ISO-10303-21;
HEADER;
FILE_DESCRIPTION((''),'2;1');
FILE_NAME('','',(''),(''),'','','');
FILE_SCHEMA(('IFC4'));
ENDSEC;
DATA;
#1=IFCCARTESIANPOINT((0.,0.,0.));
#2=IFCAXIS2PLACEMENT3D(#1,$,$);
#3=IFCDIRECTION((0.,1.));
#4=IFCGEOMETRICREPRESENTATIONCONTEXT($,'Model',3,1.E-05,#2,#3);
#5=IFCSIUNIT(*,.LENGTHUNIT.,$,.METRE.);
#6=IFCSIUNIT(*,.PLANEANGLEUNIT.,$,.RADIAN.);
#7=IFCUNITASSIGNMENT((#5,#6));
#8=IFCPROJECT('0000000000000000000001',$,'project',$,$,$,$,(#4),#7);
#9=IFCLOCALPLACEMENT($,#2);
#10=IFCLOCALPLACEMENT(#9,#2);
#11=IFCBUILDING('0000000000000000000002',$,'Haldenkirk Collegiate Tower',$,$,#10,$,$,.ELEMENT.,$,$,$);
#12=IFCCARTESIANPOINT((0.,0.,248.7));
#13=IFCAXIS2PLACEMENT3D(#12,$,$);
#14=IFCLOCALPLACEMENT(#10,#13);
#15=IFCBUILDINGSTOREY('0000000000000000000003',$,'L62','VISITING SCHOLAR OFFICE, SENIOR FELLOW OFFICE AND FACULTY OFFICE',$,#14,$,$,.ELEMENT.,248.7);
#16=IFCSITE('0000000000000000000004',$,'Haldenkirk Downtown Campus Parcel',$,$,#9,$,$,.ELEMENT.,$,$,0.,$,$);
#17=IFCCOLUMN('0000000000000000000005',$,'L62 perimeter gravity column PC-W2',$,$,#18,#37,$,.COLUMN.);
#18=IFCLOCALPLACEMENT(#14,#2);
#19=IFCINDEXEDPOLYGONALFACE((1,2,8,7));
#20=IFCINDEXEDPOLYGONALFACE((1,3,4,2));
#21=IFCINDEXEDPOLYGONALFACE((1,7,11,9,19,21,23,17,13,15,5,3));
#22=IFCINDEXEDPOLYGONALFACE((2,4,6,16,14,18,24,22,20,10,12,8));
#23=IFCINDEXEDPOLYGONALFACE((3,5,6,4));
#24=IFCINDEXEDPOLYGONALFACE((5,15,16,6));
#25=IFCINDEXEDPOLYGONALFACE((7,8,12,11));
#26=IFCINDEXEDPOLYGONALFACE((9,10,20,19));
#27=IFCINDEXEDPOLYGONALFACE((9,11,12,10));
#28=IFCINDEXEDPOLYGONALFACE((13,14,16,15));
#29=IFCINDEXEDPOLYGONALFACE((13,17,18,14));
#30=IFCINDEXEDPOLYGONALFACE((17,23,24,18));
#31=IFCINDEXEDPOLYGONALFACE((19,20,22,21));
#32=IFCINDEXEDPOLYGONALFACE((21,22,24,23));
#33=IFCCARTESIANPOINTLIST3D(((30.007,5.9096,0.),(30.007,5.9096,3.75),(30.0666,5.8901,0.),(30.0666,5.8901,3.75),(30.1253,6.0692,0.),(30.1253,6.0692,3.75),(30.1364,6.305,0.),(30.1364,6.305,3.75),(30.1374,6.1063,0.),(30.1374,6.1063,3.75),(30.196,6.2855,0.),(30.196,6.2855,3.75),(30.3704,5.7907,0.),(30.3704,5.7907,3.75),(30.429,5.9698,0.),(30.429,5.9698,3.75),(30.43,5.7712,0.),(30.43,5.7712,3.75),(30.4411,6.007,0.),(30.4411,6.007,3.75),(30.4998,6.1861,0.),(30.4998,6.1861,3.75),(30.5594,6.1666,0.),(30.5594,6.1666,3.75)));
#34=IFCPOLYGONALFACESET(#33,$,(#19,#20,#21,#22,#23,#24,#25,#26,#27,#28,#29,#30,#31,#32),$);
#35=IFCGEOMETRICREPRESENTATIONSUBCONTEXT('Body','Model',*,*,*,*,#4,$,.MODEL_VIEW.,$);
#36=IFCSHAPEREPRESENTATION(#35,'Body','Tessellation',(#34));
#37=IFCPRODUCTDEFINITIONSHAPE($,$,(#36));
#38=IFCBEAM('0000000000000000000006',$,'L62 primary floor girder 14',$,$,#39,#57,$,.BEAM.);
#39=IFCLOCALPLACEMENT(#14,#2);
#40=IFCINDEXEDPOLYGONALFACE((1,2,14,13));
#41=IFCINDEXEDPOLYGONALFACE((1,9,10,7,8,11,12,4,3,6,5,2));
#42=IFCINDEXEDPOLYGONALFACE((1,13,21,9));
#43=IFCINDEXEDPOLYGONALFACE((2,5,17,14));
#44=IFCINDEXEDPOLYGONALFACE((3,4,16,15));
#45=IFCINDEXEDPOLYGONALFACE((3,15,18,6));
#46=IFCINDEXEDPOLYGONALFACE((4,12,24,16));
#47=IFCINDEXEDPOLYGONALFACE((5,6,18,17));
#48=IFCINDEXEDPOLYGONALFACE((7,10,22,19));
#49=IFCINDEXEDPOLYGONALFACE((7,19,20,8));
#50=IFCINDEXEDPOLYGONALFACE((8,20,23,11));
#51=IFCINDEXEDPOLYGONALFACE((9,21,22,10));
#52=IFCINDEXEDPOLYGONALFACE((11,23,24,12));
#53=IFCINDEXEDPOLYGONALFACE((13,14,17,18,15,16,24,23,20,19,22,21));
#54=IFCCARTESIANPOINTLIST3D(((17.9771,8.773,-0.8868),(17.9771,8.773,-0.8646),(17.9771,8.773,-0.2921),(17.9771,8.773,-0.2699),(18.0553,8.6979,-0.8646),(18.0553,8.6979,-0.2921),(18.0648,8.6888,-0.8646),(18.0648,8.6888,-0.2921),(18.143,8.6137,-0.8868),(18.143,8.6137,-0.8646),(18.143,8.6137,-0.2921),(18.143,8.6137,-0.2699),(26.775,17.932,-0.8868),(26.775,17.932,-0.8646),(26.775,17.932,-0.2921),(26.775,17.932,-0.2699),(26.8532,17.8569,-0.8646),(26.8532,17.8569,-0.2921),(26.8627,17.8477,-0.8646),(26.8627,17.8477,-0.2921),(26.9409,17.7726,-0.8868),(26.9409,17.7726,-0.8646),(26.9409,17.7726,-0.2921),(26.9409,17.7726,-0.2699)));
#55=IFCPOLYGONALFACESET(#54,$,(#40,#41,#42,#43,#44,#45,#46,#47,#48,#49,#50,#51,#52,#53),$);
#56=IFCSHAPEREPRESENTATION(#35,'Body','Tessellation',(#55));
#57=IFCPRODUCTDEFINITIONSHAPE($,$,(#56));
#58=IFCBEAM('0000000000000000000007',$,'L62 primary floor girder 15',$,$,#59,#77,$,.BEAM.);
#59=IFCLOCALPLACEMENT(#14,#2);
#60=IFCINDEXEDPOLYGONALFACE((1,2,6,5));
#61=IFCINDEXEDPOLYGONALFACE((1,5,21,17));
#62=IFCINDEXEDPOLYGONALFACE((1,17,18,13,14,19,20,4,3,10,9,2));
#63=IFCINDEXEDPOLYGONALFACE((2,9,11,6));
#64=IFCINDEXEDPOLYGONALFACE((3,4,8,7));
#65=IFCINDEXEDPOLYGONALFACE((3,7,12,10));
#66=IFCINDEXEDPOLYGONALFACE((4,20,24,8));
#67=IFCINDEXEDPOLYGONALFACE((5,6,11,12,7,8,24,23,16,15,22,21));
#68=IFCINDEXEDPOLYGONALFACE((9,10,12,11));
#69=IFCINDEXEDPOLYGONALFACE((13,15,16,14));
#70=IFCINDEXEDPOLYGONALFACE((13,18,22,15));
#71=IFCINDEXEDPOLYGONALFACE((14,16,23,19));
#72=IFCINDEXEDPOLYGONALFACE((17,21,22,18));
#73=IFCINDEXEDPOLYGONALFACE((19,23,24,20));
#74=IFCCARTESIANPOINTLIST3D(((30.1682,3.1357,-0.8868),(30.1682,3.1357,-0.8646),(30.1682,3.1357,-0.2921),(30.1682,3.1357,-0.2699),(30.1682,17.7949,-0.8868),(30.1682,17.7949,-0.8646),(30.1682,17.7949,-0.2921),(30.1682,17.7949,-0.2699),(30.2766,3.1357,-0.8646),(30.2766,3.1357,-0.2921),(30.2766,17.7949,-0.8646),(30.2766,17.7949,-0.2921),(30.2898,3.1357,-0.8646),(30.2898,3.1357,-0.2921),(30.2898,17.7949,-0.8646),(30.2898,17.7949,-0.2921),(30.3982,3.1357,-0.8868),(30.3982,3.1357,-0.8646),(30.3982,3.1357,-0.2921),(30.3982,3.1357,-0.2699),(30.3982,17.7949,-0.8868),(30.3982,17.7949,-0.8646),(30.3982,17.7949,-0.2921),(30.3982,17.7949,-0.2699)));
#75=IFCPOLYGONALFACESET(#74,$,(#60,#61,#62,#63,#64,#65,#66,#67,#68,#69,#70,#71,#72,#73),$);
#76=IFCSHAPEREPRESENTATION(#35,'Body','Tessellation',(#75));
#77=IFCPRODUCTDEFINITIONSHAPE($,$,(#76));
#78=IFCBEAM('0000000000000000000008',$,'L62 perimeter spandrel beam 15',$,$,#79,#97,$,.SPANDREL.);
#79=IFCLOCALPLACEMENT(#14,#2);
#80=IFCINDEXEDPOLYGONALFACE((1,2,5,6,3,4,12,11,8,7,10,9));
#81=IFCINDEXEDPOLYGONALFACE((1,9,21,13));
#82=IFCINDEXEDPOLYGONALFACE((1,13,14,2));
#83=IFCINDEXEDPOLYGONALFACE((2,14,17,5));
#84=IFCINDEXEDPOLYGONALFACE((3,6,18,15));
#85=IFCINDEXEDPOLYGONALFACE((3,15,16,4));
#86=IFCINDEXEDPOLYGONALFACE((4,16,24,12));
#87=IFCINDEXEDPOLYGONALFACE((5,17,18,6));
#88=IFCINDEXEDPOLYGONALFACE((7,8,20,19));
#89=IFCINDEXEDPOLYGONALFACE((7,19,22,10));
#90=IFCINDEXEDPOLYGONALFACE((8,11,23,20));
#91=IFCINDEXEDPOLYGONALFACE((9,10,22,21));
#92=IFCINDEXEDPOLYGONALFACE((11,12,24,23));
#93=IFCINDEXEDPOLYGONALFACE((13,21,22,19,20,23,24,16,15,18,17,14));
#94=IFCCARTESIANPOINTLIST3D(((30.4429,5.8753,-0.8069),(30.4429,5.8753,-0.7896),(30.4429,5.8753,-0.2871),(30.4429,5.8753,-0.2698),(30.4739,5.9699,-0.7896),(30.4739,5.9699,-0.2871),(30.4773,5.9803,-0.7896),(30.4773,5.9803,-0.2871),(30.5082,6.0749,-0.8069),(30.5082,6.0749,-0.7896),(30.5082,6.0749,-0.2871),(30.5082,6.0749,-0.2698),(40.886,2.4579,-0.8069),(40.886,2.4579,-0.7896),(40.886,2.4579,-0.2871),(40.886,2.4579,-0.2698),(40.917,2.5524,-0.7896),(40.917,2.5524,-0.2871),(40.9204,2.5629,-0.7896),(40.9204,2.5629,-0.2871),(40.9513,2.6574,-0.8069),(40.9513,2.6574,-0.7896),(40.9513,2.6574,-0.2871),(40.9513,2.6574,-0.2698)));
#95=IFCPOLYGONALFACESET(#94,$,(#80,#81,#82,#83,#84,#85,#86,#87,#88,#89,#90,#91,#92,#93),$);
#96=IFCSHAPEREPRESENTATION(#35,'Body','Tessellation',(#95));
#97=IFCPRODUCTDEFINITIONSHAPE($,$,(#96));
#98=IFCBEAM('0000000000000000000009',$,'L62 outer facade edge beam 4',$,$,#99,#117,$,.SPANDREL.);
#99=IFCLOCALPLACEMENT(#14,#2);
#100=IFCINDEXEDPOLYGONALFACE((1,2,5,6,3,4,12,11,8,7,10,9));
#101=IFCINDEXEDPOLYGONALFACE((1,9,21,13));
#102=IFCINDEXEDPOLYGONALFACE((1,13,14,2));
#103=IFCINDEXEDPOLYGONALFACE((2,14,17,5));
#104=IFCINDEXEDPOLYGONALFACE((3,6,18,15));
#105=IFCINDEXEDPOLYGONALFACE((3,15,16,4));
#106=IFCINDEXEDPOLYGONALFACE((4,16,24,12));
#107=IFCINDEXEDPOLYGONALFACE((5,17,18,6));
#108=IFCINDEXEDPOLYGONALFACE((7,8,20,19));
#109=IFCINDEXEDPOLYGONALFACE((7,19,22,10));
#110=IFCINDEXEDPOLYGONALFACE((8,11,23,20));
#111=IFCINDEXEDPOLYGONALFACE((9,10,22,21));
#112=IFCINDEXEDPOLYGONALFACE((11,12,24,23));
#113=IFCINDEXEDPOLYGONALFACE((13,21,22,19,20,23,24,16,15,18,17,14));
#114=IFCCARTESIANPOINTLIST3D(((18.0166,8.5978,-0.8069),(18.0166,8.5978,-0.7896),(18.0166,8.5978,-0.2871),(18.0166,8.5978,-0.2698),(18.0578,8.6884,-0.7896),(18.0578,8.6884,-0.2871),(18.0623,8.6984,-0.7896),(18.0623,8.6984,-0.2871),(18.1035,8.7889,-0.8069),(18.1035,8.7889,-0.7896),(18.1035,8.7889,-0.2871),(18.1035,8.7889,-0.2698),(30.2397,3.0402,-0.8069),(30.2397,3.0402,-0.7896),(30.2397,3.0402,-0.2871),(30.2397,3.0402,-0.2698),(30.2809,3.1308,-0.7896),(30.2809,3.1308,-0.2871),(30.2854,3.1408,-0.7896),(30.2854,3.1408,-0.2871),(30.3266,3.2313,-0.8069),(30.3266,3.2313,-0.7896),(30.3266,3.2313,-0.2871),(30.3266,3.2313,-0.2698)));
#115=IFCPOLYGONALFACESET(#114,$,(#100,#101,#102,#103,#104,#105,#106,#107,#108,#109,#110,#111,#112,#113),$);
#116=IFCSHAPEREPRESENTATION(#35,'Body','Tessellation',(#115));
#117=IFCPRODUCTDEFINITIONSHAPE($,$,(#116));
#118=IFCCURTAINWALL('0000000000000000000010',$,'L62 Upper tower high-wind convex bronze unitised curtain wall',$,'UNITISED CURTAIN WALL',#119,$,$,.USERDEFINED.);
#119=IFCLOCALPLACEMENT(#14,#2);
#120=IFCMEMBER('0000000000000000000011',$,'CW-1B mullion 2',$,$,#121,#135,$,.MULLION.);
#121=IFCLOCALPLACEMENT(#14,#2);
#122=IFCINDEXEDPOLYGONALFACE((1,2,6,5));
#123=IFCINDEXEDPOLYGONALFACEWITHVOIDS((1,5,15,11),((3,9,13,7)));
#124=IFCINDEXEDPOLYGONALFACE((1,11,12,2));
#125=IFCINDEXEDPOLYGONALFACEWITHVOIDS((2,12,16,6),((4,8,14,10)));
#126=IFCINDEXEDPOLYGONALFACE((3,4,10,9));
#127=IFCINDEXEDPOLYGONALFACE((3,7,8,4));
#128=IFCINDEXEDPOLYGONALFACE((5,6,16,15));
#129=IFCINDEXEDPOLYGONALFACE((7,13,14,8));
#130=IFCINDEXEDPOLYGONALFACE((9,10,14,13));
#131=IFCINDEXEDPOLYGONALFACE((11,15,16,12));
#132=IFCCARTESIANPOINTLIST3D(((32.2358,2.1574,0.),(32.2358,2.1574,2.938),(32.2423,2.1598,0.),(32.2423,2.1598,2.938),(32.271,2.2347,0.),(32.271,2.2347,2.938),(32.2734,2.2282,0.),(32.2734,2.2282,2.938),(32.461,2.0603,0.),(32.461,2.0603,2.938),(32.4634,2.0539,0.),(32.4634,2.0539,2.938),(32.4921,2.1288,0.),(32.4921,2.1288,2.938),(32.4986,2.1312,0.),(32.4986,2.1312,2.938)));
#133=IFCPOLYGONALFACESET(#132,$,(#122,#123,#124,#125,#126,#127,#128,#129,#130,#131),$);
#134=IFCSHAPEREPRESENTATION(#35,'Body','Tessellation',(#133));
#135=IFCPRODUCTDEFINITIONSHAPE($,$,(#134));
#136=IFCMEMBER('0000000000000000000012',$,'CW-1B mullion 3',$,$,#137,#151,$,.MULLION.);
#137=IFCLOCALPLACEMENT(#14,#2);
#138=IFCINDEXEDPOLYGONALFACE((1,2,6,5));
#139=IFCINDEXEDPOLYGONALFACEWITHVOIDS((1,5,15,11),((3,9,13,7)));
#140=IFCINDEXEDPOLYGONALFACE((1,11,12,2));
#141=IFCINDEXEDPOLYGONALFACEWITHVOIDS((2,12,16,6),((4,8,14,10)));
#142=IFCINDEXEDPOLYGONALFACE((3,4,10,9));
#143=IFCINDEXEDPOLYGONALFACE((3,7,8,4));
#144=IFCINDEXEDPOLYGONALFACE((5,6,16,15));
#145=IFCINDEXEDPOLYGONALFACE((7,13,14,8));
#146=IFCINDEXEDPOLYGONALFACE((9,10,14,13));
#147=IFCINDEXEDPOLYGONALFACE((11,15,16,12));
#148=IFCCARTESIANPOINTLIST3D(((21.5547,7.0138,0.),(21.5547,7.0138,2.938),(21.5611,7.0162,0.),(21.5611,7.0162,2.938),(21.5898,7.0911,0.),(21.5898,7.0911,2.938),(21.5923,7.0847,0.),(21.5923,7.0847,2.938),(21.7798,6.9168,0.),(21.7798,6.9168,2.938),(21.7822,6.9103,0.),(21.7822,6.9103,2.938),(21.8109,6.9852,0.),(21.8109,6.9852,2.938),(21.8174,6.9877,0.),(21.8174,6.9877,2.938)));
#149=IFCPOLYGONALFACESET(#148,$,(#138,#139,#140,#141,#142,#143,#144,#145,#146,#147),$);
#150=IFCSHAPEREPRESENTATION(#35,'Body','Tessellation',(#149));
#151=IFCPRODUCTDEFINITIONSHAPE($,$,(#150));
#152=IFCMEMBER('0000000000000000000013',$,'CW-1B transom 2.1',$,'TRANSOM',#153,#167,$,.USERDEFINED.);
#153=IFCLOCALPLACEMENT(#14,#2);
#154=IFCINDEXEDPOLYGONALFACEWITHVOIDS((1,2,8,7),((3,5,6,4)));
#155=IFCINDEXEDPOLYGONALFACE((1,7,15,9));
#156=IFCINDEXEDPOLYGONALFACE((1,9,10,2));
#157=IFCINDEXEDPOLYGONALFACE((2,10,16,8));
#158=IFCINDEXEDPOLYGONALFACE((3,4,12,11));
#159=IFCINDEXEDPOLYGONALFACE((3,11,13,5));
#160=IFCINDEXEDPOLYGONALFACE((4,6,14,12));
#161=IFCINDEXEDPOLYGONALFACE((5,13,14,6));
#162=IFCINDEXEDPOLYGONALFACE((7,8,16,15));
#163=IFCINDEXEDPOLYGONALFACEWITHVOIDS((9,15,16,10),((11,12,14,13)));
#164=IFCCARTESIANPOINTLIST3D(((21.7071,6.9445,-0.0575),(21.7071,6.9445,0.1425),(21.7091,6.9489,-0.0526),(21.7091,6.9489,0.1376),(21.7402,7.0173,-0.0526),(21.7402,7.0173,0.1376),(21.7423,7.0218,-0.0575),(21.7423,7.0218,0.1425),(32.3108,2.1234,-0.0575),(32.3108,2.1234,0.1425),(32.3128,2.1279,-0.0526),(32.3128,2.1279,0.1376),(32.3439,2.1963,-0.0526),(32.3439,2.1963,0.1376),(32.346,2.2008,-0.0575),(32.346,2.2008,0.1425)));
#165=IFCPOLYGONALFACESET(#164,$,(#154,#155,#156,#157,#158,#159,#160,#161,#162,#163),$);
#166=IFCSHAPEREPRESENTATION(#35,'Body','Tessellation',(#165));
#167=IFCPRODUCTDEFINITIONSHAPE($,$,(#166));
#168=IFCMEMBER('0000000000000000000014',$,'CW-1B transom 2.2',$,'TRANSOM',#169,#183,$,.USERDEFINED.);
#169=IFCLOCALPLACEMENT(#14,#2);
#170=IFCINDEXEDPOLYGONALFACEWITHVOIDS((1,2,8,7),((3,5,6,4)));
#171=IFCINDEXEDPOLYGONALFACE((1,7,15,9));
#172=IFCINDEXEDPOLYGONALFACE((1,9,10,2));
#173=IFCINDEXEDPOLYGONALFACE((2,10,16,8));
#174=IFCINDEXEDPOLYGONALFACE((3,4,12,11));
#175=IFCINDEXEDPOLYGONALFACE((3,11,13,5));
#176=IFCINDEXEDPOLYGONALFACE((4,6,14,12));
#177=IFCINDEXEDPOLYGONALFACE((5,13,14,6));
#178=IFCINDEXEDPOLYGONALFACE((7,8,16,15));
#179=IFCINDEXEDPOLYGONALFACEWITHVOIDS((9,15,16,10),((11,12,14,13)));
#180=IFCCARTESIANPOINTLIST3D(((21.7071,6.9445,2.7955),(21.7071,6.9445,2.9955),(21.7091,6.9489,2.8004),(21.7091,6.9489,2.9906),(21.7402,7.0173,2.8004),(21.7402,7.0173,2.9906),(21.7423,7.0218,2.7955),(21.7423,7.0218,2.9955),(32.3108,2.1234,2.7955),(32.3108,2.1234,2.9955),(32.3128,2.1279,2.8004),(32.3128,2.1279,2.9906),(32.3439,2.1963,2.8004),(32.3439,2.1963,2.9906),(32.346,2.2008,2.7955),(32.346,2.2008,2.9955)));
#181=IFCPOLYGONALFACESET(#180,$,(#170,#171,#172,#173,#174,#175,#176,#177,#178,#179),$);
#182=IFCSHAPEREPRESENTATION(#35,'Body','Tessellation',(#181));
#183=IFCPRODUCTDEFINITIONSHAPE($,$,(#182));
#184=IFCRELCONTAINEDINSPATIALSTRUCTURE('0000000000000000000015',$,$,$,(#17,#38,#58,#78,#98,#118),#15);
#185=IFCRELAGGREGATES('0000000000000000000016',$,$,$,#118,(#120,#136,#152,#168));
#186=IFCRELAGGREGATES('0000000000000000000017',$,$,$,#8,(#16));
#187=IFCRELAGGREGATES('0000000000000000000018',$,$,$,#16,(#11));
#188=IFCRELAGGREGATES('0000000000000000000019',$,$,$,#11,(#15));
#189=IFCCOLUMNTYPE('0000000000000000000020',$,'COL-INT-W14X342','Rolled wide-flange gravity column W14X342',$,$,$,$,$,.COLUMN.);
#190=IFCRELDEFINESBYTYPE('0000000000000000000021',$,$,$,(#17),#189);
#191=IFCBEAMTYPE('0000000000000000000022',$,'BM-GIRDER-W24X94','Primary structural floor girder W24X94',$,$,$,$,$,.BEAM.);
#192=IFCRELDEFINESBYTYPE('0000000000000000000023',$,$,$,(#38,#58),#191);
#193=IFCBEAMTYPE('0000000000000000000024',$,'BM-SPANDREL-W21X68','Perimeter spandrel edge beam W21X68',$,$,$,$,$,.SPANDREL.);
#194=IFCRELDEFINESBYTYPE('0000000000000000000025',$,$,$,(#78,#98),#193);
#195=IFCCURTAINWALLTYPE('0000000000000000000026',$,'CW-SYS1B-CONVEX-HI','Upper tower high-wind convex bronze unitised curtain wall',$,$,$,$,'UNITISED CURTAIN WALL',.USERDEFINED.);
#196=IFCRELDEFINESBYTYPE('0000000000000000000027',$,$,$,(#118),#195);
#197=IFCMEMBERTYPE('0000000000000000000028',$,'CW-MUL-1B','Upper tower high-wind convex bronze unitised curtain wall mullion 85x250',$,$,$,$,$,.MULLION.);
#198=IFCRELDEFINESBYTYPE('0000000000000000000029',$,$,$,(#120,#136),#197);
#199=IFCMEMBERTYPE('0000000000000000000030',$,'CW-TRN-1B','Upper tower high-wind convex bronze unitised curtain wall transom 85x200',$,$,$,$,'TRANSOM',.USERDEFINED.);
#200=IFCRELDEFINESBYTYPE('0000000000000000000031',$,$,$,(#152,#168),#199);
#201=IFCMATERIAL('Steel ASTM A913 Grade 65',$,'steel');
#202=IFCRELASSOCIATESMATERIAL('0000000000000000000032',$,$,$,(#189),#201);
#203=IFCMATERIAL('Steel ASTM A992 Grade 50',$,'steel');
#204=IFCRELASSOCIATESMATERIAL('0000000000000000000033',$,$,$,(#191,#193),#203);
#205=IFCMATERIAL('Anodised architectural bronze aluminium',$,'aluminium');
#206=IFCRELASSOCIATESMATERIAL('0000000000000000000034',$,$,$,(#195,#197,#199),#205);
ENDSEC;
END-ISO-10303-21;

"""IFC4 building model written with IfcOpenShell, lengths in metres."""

from ifc_helpers import new_model, si_unit, direction, frame, origin, origin_2d, place, context, subcontext, project, spatial, hollow_rectangle, i_section, extrude, material, material_profile, profile_set, type_object, element, aggregate, save


model = new_model("IFC4")

# Units and contexts
model_context = context("Model", 3, precision=1e-05, world=origin(), true_north=direction((0.0, 1.0)))
body_context = subcontext(model_context, "Body", "Model", "MODEL_VIEW")
ifc_project = project(units=[si_unit("LENGTHUNIT", "METRE"), si_unit("PLANEANGLEUNIT", "RADIAN")], contexts=[model_context])

# Site, building, storey
site_placement = place(None, origin())
site = spatial("IfcSite", under=ifc_project, at=site_placement, Name="Haldenkirk Downtown Campus Parcel", CompositionType="ELEMENT", RefElevation=0.0)
building_placement = place(site_placement, origin())
building = spatial("IfcBuilding", under=site, at=building_placement, Name="Haldenkirk Collegiate Tower", CompositionType="ELEMENT")
storey_placement = place(building_placement, frame((0.0, 0.0, 248.7)))
storey = spatial("IfcBuildingStorey", under=building, at=storey_placement, Name="L62", Description="VISITING SCHOLAR OFFICE, SENIOR FELLOW OFFICE AND FACULTY OFFICE", CompositionType="ELEMENT", Elevation=248.7)

# Column
ifc_material_1 = material(Name="Steel ASTM A913 Grade 65", Category="steel")
ifc_material_profile_1 = material_profile(ifc_material_1, i_section(OverallWidth=0.416, OverallDepth=0.4451, WebThickness=0.0391, FlangeThickness=0.0627, at=origin_2d()), Name="W14X342")
ifc_profile_set_1 = profile_set([ifc_material_profile_1], Name="Steel ASTM A913 Grade 65")
column_type = type_object("IfcColumnType", Name="COL-INT-W14X342", Description="Rolled wide-flange gravity column W14X342", PredefinedType="COLUMN", material=ifc_profile_set_1)
column_placement = place(storey_placement, frame((30.2832, 6.0381, 0.0), z_axis=(0.0, 0.0, 1.0), x_axis=(0.311008, 0.950407, 0.0)))
element("IfcColumn", 1, at=column_placement, inside=storey, type_object=column_type, Name="L62 perimeter gravity column PC-W2", PredefinedType="COLUMN", context=body_context, shape_type="SweptSolid", body=[
    extrude(i_section(OverallWidth=0.416, OverallDepth=0.4451, WebThickness=0.0391, FlangeThickness=0.0627, at=origin_2d()), origin(), (0.0, 0.0, 1.0), 3.75),
])

# Beams
ifc_material_2 = material(Name="Steel ASTM A992 Grade 50", Category="steel")
ifc_material_profile_2 = material_profile(ifc_material_2, i_section(OverallWidth=0.23, OverallDepth=0.6169, WebThickness=0.0132, FlangeThickness=0.0222, at=origin_2d()), Name="W24X94")
ifc_profile_set_2 = profile_set([ifc_material_profile_2], Name="Steel ASTM A992 Grade 50")
beam_type_1 = type_object("IfcBeamType", Name="BM-GIRDER-W24X94", Description="Primary structural floor girder W24X94", PredefinedType="BEAM", material=ifc_profile_set_2)
beam_1_placement = place(storey_placement, frame((18.0601, 8.6934, -0.5784), z_axis=(0.692748, 0.72118, 0.0), x_axis=(-0.72118, 0.692748, 0.0)))
element("IfcBeam", 2, at=beam_1_placement, inside=storey, type_object=beam_type_1, Name="L62 primary floor girder 14", PredefinedType="BEAM", context=body_context, shape_type="SweptSolid", body=[
    extrude(i_section(OverallWidth=0.23, OverallDepth=0.6169, WebThickness=0.0132, FlangeThickness=0.0222, at=origin_2d()), origin(), (0.0, 0.0, 1.0), 12.7),
])
beam_2_placement = place(storey_placement, frame((30.2832, 3.1357, -0.5784), z_axis=(0.0, 1.0, 0.0), x_axis=(-1.0, 0.0, 0.0)))
element("IfcBeam", 3, at=beam_2_placement, inside=storey, type_object=beam_type_1, Name="L62 primary floor girder 15", PredefinedType="BEAM", context=body_context, shape_type="SweptSolid", body=[
    extrude(i_section(OverallWidth=0.23, OverallDepth=0.6169, WebThickness=0.0132, FlangeThickness=0.0222, at=origin_2d()), origin(), (0.0, 0.0, 1.0), 14.6592),
])
ifc_material_profile_3 = material_profile(ifc_material_2, i_section(OverallWidth=0.21, OverallDepth=0.5371, WebThickness=0.011, FlangeThickness=0.0173, at=origin_2d()), Name="W21X68")
ifc_profile_set_3 = profile_set([ifc_material_profile_3], Name="Steel ASTM A992 Grade 50")
beam_type_2 = type_object("IfcBeamType", Name="BM-SPANDREL-W21X68", Description="Perimeter spandrel edge beam W21X68", PredefinedType="SPANDREL", material=ifc_profile_set_3)
beam_3_placement = place(storey_placement, frame((30.4756, 5.9751, -0.5383), z_axis=(0.950404, -0.311017, 0.0), x_axis=(0.311017, 0.950404, 0.0)))
element("IfcBeam", 4, at=beam_3_placement, inside=storey, type_object=beam_type_2, Name="L62 perimeter spandrel beam 15", PredefinedType="SPANDREL", context=body_context, shape_type="SweptSolid", body=[
    extrude(i_section(OverallWidth=0.21, OverallDepth=0.5371, WebThickness=0.011, FlangeThickness=0.0173, at=origin_2d()), origin(), (0.0, 0.0, 1.0), 10.988),
])
beam_4_placement = place(storey_placement, frame((18.0601, 8.6934, -0.5383), z_axis=(0.91032, -0.413904, 0.0), x_axis=(0.413904, 0.91032, 0.0)))
element("IfcBeam", 5, at=beam_4_placement, inside=storey, type_object=beam_type_2, Name="L62 outer facade edge beam 4", PredefinedType="SPANDREL", context=body_context, shape_type="SweptSolid", body=[
    extrude(i_section(OverallWidth=0.21, OverallDepth=0.5371, WebThickness=0.011, FlangeThickness=0.0173, at=origin_2d()), origin(), (0.0, 0.0, 1.0), 13.4272),
])

# Curtain wall, members
ifc_material_3 = material(Name="Anodised architectural bronze aluminium", Category="aluminium")
curtain_wall_type = type_object("IfcCurtainWallType", Name="CW-SYS1B-CONVEX-HI", Description="Upper tower high-wind convex bronze unitised curtain wall", ElementType="UNITISED CURTAIN WALL", PredefinedType="USERDEFINED", material=ifc_material_3)
curtain_wall_placement = place(storey_placement, origin())
curtain_wall = element("IfcCurtainWall", 6, at=curtain_wall_placement, inside=storey, type_object=curtain_wall_type, Name="L62 Upper tower high-wind convex bronze unitised curtain wall", ObjectType="UNITISED CURTAIN WALL", PredefinedType="USERDEFINED")
ifc_material_profile_4 = material_profile(ifc_material_3, hollow_rectangle(XDim=0.085, YDim=0.25, WallThickness=0.0049, at=origin_2d()), Name="CW-MUL-1B")
ifc_profile_set_4 = profile_set([ifc_material_profile_4], Name="Anodised architectural bronze aluminium")
member_type_1 = type_object("IfcMemberType", Name="CW-MUL-1B", Description="Upper tower high-wind convex bronze unitised curtain wall mullion 85x250", PredefinedType="MULLION", material=ifc_profile_set_4)
member_1_placement = place(storey_placement, frame((32.3672, 2.1443, 0.0), z_axis=(0.0, 0.0, 1.0), x_axis=(-0.413898, -0.910323, 0.0)))
member_1 = element("IfcMember", 7, at=member_1_placement, type_object=member_type_1, Name="CW-1B mullion 2", PredefinedType="MULLION", context=body_context, shape_type="SweptSolid", body=[
    extrude(hollow_rectangle(XDim=0.085, YDim=0.25, WallThickness=0.0049, at=origin_2d()), origin(), (0.0, 0.0, 1.0), 2.938),
])
member_2_placement = place(storey_placement, frame((21.686, 7.0007, 0.0), z_axis=(0.0, 0.0, 1.0), x_axis=(-0.413898, -0.910323, 0.0)))
member_2 = element("IfcMember", 8, at=member_2_placement, type_object=member_type_1, Name="CW-1B mullion 3", PredefinedType="MULLION", context=body_context, shape_type="SweptSolid", body=[
    extrude(hollow_rectangle(XDim=0.085, YDim=0.25, WallThickness=0.0049, at=origin_2d()), origin(), (0.0, 0.0, 1.0), 2.938),
])
ifc_material_profile_5 = material_profile(ifc_material_3, hollow_rectangle(XDim=0.085, YDim=0.2, WallThickness=0.0049, at=origin_2d()), Name="CW-TRN-1B")
ifc_profile_set_5 = profile_set([ifc_material_profile_5], Name="Anodised architectural bronze aluminium")
member_type_2 = type_object("IfcMemberType", Name="CW-TRN-1B", Description="Upper tower high-wind convex bronze unitised curtain wall transom 85x200", ElementType="TRANSOM", PredefinedType="USERDEFINED", material=ifc_profile_set_5)
member_3_placement = place(storey_placement, frame((32.3284, 2.1621, 0.0425), z_axis=(-0.910329, 0.413885, 0.0), x_axis=(-0.413885, -0.910329, 0.0)))
member_3 = element("IfcMember", 9, at=member_3_placement, type_object=member_type_2, Name="CW-1B transom 2.1", ObjectType="TRANSOM", PredefinedType="USERDEFINED", context=body_context, shape_type="SweptSolid", body=[
    extrude(hollow_rectangle(XDim=0.085, YDim=0.2, WallThickness=0.0049, at=origin_2d()), origin(), (0.0, 0.0, 1.0), 11.6482),
])
member_4_placement = place(storey_placement, frame((32.3284, 2.1621, 2.8955), z_axis=(-0.910329, 0.413885, 0.0), x_axis=(-0.413885, -0.910329, 0.0)))
member_4 = element("IfcMember", 10, at=member_4_placement, type_object=member_type_2, Name="CW-1B transom 2.2", ObjectType="TRANSOM", PredefinedType="USERDEFINED", context=body_context, shape_type="SweptSolid", body=[
    extrude(hollow_rectangle(XDim=0.085, YDim=0.2, WallThickness=0.0049, at=origin_2d()), origin(), (0.0, 0.0, 1.0), 11.6482),
])
aggregate(curtain_wall, [member_1, member_2, member_3, member_4])

save(model, "model.ifc")
